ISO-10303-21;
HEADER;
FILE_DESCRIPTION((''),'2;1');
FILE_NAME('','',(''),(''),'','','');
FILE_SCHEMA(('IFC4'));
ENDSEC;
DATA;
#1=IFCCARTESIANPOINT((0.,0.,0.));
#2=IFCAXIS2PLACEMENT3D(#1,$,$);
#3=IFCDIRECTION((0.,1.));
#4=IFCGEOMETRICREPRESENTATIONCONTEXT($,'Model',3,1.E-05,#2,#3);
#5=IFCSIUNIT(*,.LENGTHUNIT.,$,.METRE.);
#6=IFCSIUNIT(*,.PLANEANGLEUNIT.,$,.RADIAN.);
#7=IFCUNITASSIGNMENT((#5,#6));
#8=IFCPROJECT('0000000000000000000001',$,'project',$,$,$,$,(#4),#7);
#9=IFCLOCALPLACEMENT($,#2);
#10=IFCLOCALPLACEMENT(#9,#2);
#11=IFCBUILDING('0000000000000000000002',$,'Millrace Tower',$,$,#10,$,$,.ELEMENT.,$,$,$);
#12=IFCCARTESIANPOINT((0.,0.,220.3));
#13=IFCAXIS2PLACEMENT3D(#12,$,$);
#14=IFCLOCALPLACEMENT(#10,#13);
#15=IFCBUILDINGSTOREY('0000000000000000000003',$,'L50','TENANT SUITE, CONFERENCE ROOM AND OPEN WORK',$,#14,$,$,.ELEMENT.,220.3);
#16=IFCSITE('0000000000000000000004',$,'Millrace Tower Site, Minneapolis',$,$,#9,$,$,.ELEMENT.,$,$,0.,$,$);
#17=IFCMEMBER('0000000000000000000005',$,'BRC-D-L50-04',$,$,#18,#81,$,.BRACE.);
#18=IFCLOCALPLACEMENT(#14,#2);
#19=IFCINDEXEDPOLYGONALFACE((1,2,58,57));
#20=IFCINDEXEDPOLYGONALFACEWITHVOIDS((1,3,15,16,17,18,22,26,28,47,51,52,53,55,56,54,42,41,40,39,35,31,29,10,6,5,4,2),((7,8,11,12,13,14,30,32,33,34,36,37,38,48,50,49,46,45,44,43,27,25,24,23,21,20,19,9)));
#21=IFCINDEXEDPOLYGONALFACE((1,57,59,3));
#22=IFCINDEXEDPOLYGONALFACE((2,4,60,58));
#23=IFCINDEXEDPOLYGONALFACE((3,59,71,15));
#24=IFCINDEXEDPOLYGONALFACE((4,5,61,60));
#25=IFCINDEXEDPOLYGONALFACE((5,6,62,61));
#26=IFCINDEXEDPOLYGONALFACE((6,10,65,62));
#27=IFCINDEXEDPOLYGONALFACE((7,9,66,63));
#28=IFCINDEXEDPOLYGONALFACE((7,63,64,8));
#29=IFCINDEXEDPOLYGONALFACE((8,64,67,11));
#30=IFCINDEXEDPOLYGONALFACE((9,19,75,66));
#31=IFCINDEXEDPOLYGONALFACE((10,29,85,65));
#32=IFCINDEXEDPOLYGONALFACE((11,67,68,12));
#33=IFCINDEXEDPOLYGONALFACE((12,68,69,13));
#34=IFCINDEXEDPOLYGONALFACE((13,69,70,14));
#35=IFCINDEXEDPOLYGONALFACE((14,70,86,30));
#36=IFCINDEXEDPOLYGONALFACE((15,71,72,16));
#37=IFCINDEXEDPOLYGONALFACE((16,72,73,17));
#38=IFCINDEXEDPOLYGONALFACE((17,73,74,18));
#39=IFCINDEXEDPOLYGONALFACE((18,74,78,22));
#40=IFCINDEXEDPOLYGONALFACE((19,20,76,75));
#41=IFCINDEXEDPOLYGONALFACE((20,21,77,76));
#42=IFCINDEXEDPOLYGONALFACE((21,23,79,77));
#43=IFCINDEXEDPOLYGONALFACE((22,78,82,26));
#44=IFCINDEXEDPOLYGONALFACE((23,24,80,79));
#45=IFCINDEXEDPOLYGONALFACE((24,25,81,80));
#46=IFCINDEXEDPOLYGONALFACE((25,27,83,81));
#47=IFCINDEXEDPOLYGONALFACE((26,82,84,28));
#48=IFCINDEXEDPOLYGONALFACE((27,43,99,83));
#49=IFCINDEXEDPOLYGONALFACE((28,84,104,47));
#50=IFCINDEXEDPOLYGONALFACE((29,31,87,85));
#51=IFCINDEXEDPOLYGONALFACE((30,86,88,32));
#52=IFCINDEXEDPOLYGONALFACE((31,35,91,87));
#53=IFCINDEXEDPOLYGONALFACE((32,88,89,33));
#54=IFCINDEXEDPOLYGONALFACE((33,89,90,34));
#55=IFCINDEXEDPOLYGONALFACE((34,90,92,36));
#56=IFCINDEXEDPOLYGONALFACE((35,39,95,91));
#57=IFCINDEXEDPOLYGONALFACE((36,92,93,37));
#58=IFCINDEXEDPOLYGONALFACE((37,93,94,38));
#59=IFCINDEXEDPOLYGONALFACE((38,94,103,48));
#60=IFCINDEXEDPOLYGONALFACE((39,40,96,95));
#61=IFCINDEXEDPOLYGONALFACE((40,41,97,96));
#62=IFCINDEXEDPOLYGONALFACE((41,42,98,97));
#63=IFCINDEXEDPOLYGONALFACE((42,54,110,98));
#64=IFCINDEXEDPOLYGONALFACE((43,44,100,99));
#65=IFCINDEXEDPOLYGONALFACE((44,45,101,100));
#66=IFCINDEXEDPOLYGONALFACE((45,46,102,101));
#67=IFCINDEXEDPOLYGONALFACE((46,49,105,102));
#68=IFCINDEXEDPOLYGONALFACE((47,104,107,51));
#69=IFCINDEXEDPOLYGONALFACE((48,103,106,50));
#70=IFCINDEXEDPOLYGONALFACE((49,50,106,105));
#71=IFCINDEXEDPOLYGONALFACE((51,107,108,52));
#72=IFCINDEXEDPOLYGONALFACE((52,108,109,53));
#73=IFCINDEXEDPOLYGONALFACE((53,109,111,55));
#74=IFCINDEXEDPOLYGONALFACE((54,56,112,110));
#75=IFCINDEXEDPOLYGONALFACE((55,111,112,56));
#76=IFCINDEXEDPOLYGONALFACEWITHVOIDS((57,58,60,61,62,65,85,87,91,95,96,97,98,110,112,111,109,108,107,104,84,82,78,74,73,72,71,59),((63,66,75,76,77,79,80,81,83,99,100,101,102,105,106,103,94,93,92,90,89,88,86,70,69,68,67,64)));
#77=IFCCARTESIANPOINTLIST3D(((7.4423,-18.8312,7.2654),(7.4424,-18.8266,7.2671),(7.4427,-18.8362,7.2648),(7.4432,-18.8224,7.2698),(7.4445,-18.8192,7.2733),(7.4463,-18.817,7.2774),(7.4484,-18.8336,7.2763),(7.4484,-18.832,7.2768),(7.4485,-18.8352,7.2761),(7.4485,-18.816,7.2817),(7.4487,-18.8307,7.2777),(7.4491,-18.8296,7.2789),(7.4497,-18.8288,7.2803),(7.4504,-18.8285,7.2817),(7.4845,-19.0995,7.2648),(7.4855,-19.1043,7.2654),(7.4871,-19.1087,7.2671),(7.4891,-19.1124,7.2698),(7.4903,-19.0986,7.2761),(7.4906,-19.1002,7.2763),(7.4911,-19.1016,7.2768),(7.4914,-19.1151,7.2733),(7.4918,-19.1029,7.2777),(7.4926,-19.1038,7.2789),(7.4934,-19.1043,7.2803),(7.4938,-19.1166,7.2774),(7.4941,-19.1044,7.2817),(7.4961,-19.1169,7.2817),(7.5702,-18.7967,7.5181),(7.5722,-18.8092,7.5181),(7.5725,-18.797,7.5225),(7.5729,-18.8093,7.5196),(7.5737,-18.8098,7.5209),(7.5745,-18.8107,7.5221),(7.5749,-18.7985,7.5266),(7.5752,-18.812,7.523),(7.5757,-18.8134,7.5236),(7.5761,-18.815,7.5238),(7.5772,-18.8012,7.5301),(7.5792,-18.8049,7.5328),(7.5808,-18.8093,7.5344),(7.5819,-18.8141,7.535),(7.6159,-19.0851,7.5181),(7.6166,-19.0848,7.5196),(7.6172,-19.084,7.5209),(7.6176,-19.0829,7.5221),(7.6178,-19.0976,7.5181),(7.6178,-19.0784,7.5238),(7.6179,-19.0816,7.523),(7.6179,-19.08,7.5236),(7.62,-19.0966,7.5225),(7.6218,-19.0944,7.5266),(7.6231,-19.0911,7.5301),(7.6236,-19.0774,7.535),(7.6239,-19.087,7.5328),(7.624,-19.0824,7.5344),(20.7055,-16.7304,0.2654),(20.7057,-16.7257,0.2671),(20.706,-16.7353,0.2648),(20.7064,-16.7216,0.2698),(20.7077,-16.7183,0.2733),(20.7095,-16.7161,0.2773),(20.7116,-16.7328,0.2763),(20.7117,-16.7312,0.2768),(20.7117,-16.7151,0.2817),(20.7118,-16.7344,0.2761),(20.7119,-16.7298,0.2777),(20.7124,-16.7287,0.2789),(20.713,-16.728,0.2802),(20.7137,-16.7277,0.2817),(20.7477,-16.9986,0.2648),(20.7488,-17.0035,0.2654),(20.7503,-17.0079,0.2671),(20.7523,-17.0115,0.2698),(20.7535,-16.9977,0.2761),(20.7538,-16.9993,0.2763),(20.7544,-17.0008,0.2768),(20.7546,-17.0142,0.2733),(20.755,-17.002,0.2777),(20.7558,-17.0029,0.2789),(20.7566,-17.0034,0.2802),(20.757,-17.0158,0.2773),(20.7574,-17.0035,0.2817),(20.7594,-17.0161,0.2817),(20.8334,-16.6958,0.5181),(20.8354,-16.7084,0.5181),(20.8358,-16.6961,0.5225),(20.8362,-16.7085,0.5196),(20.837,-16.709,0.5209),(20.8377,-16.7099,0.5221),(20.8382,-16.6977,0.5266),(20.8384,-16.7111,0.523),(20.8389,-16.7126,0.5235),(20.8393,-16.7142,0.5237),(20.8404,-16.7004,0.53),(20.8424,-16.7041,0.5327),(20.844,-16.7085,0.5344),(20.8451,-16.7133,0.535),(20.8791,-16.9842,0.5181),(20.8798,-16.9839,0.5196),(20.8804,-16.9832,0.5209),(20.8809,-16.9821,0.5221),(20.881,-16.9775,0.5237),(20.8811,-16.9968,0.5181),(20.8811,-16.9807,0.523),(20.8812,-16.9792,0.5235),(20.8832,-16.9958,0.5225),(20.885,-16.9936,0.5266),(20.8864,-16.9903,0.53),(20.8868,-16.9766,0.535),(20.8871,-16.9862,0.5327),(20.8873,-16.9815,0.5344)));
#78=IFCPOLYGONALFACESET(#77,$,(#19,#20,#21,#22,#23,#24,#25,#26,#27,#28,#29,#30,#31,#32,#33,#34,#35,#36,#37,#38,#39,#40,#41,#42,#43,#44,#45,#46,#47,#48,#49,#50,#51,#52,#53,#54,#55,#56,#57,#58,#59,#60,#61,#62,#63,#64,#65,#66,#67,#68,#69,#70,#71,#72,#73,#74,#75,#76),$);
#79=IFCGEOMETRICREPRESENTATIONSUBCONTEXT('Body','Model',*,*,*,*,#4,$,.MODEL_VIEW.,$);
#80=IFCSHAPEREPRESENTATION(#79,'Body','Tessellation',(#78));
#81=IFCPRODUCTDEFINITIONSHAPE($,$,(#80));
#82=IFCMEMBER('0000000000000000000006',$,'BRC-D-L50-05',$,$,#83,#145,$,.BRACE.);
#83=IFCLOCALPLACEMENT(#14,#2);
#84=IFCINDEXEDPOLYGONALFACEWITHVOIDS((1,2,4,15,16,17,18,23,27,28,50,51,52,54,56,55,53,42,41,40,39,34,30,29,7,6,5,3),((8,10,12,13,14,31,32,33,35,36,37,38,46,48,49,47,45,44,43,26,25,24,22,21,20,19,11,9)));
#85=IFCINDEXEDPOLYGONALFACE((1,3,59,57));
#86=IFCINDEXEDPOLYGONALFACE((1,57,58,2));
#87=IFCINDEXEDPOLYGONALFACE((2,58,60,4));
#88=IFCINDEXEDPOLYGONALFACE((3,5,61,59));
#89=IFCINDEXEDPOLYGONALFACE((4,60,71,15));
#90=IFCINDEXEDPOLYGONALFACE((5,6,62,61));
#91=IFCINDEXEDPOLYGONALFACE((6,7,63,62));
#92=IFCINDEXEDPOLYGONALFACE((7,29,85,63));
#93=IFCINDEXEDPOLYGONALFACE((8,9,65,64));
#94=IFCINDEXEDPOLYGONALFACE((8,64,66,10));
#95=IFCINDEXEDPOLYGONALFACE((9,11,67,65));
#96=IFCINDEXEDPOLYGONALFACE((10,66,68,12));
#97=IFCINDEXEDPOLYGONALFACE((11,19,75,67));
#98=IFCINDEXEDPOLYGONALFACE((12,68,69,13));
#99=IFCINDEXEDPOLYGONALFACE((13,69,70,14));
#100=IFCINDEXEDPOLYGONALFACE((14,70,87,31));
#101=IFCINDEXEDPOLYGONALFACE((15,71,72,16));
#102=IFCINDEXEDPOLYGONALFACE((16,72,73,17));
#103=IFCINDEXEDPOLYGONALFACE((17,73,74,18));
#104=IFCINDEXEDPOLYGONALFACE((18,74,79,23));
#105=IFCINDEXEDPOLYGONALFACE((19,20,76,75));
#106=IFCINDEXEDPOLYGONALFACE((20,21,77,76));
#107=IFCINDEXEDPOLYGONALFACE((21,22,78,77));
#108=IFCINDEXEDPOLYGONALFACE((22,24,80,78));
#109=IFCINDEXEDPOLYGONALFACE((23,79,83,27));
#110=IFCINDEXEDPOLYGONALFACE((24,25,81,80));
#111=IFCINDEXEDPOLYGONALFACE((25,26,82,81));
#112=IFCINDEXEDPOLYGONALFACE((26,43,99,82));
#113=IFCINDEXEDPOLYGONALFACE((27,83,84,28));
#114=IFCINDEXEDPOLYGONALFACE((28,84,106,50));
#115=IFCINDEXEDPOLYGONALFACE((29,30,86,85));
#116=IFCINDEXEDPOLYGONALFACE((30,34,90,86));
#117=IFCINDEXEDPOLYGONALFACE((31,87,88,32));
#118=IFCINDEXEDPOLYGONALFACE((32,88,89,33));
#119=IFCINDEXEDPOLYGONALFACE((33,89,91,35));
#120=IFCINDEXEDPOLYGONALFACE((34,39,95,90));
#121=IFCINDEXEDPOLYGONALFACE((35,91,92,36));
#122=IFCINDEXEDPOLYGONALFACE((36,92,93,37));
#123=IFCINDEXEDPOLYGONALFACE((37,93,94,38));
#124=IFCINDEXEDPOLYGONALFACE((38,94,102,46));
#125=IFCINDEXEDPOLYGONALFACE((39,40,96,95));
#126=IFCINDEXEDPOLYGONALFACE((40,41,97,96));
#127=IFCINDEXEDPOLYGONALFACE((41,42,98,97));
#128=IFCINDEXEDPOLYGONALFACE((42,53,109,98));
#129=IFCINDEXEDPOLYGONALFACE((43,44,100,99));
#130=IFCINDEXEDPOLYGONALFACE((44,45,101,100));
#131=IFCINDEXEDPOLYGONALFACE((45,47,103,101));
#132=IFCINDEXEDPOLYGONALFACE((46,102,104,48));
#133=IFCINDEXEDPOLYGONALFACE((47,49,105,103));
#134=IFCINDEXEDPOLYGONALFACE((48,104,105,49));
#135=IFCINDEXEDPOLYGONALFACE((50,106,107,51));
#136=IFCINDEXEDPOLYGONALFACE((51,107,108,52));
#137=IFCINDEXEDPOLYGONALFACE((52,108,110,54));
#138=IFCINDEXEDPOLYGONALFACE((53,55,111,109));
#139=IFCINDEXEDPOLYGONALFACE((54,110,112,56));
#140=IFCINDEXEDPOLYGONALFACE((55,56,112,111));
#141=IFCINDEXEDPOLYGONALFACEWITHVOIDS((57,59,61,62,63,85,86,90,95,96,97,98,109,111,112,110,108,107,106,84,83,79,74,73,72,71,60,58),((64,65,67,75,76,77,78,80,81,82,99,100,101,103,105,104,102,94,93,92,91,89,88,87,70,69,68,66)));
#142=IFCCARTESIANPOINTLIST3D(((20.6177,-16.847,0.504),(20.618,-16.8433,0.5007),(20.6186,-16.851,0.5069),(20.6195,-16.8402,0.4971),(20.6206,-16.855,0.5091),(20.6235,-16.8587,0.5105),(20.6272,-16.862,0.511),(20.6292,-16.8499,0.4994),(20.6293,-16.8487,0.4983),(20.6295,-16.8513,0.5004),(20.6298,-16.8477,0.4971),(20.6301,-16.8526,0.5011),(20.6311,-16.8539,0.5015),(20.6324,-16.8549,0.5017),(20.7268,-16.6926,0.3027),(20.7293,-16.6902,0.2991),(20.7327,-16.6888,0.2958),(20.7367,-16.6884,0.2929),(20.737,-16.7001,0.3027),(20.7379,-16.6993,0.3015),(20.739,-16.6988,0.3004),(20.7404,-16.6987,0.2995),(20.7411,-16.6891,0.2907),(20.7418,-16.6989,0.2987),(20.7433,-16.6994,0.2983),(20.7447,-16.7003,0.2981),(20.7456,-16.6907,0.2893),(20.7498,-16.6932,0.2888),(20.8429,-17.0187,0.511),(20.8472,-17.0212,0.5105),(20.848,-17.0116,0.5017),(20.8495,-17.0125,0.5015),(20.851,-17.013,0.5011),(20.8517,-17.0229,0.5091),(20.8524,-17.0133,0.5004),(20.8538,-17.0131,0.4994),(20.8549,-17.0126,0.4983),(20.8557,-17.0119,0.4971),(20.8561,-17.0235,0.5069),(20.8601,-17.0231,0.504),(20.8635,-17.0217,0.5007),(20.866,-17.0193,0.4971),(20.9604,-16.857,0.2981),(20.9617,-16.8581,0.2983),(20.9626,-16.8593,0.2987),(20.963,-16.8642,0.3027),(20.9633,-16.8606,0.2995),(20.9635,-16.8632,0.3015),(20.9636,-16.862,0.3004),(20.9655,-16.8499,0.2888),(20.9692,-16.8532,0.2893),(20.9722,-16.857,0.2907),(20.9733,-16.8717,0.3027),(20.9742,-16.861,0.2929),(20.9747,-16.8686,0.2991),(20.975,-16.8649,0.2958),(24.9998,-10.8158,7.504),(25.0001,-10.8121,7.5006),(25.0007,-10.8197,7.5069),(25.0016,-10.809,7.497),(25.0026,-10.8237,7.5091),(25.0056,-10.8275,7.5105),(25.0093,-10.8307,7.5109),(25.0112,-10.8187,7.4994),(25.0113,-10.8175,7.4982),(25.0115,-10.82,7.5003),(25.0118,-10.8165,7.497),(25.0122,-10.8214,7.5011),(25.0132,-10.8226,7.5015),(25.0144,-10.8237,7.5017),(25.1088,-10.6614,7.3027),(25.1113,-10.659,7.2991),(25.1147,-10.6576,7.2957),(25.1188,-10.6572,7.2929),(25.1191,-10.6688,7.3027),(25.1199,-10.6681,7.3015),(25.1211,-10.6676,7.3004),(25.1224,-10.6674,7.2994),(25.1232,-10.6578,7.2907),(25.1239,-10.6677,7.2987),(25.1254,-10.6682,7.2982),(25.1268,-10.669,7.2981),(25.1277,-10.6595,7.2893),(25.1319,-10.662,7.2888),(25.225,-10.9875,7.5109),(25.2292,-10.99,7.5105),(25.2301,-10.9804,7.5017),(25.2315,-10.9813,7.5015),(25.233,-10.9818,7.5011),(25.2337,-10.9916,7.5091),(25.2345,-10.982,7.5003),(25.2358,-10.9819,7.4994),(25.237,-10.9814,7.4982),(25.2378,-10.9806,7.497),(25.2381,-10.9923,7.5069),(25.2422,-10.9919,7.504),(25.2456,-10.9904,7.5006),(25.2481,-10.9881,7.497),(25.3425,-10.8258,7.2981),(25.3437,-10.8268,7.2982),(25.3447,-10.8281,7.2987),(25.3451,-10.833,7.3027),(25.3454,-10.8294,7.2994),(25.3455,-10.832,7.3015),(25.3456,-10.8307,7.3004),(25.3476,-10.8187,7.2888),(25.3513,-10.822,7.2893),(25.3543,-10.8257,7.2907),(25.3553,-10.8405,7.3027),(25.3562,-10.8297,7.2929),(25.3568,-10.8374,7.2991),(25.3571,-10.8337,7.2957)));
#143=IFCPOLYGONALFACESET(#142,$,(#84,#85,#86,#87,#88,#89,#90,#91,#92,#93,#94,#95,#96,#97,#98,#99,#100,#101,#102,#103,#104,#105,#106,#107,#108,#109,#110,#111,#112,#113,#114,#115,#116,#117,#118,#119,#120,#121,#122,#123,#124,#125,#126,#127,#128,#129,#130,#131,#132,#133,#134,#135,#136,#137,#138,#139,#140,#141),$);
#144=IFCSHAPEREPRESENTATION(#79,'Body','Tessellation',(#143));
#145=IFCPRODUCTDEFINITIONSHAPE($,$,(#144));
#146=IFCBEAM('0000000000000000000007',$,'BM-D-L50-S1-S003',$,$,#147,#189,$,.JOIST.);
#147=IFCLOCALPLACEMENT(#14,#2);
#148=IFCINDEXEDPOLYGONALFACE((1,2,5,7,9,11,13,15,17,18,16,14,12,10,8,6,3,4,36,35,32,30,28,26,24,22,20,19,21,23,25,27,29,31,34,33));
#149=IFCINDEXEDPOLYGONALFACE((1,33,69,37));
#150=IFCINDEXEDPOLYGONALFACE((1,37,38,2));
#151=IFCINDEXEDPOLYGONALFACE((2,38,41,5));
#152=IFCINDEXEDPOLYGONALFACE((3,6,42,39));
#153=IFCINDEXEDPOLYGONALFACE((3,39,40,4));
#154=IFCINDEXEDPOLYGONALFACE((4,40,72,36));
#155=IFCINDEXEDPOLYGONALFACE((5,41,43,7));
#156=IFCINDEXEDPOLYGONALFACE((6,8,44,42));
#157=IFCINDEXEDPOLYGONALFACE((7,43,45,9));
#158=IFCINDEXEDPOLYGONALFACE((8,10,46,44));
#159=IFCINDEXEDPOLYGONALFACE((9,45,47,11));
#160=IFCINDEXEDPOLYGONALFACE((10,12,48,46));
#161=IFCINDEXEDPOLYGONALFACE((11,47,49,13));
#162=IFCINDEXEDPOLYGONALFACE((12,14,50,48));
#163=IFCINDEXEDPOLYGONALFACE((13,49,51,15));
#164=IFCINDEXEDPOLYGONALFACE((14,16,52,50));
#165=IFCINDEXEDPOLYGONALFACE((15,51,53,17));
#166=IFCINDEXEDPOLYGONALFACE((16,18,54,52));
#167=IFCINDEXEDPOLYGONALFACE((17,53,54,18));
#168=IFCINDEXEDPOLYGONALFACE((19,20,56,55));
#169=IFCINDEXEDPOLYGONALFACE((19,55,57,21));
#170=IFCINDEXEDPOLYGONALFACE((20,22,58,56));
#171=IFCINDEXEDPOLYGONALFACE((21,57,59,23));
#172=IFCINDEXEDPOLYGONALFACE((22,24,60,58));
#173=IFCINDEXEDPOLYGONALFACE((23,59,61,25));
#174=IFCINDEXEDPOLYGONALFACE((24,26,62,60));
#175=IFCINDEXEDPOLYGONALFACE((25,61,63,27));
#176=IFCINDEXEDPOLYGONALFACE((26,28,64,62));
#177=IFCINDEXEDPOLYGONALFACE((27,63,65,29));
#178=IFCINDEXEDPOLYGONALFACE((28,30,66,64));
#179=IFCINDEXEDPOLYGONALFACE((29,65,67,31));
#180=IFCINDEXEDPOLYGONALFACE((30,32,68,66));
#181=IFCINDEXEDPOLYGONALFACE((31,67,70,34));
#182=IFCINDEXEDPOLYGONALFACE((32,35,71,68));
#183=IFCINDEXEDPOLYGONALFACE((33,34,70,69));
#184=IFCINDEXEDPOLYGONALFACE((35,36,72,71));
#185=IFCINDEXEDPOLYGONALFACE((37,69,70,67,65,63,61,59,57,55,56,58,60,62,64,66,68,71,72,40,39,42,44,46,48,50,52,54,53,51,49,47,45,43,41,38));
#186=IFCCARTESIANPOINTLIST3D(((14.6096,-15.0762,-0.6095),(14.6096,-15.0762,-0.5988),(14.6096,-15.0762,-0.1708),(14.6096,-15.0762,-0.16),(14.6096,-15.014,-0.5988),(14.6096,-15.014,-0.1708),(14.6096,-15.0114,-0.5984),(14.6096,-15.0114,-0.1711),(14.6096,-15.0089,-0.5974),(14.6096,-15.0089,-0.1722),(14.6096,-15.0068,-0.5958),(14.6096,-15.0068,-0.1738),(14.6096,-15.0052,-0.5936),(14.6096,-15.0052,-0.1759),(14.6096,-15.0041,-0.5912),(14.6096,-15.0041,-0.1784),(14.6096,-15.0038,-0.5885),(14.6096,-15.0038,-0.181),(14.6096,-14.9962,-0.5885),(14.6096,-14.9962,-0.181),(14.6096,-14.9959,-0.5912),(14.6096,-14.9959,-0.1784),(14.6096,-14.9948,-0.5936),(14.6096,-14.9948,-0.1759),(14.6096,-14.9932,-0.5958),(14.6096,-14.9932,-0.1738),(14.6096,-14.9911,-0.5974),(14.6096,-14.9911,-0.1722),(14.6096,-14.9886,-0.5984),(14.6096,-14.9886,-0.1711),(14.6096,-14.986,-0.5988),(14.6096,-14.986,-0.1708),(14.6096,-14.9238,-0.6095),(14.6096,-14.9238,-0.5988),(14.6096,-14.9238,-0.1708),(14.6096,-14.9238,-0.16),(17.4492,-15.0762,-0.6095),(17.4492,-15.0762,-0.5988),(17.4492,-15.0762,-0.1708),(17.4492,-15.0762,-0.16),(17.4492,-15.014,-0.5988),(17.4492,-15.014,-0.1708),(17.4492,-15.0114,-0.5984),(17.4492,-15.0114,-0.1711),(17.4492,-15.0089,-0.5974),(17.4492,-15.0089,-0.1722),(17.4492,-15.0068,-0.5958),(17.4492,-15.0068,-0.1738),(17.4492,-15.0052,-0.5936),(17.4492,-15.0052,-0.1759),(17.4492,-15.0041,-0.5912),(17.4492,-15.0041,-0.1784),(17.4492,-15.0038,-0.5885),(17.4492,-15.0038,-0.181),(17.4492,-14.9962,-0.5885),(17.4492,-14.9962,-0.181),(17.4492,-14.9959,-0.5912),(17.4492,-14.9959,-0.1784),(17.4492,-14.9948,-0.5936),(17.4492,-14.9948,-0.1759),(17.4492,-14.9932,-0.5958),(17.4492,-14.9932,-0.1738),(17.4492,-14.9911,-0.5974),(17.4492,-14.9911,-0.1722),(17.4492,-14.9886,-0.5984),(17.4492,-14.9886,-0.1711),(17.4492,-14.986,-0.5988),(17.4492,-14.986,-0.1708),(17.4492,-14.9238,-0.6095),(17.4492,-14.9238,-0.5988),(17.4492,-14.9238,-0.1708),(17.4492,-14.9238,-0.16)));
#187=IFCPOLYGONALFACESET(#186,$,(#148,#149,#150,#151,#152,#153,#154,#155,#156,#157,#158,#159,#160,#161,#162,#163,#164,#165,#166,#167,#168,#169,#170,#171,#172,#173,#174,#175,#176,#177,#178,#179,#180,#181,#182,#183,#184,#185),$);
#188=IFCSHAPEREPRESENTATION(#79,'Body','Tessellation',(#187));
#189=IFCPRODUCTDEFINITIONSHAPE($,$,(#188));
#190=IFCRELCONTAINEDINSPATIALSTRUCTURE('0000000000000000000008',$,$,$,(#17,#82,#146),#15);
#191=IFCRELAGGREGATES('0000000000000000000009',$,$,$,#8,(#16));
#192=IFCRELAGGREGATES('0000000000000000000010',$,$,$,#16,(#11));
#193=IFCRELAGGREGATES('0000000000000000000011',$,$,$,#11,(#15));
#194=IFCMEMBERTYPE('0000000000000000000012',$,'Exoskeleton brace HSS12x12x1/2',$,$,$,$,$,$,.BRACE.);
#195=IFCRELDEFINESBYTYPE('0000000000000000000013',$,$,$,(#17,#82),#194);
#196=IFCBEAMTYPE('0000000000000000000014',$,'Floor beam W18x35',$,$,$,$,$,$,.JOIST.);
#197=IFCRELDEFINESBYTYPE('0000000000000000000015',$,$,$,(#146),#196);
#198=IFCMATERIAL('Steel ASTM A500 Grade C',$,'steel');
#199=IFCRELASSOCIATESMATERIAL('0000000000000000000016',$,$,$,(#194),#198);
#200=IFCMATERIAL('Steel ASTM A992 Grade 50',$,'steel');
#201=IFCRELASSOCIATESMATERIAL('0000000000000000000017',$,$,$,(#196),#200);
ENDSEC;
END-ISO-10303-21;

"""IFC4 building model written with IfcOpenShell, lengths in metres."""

from ifc_helpers import new_model, si_unit, direction, frame, origin, origin_2d, place, context, subcontext, project, spatial, hollow_rectangle, i_section, extrude, material, material_profile, profile_set, type_object, element, save


model = new_model("IFC4")

# Units and contexts
model_context = context("Model", 3, precision=1e-05, world=origin(), true_north=direction((0.0, 1.0)))
body_context = subcontext(model_context, "Body", "Model", "MODEL_VIEW")
ifc_project = project(units=[si_unit("LENGTHUNIT", "METRE"), si_unit("PLANEANGLEUNIT", "RADIAN")], contexts=[model_context])

# Site, building, storey
site_placement = place(None, origin())
site = spatial("IfcSite", under=ifc_project, at=site_placement, Name="Millrace Tower Site, Minneapolis", CompositionType="ELEMENT", RefElevation=0.0)
building_placement = place(site_placement, origin())
building = spatial("IfcBuilding", under=site, at=building_placement, Name="Millrace Tower", CompositionType="ELEMENT")
storey_placement = place(building_placement, frame((0.0, 0.0, 220.3)))
storey = spatial("IfcBuildingStorey", under=building, at=storey_placement, Name="L50", Description="TENANT SUITE, CONFERENCE ROOM AND OPEN WORK", CompositionType="ELEMENT", Elevation=220.3)

# Members
ifc_material_1 = material(Name="Steel ASTM A500 Grade C", Category="steel")
ifc_material_profile_1 = material_profile(ifc_material_1, hollow_rectangle(XDim=0.3047, YDim=0.3047, WallThickness=0.0127, InnerFilletRadius=0.0063, OuterFilletRadius=0.019, at=origin_2d()))
ifc_profile_set_1 = profile_set([ifc_material_profile_1], Name="Steel ASTM A500 Grade C")
member_type_1 = type_object("IfcMemberType", Name="Exoskeleton brace HSS12x12x1/2", PredefinedType="BRACE", material=ifc_profile_set_1)
member_1_placement = place(storey_placement, frame((20.7964, -16.856, 0.3999), z_axis=(-0.875834, -0.138728, 0.462245), x_axis=(0.156445, -0.987687, 0.0)))
element("IfcMember", 1, at=member_1_placement, inside=storey, type_object=member_type_1, Name="BRC-D-L50-04", PredefinedType="BRACE", context=body_context, shape_type="SweptSolid", body=[
    extrude(hollow_rectangle(XDim=0.3047, YDim=0.3047, WallThickness=0.0127, InnerFilletRadius=0.0063, OuterFilletRadius=0.019, at=origin_2d()), origin(), (0.0, 0.0, 1.0), 15.1436),
])
member_2_placement = place(storey_placement, frame((20.7964, -16.856, 0.3999), z_axis=(0.428508, 0.589774, 0.684505), x_axis=(-0.809009, 0.587796, 0.0)))
element("IfcMember", 2, at=member_2_placement, inside=storey, type_object=member_type_1, Name="BRC-D-L50-05", PredefinedType="BRACE", context=body_context, shape_type="SweptSolid", body=[
    extrude(hollow_rectangle(XDim=0.3047, YDim=0.3047, WallThickness=0.0127, InnerFilletRadius=0.0063, OuterFilletRadius=0.019, at=origin_2d()), origin(), (0.0, 0.0, 1.0), 10.2263),
])

# Beam
ifc_material_2 = material(Name="Steel ASTM A992 Grade 50", Category="steel")
ifc_material_profile_2 = material_profile(ifc_material_2, i_section(OverallWidth=0.1523, OverallDepth=0.4495, WebThickness=0.0076, FlangeThickness=0.0107, FilletRadius=0.0103, at=origin_2d()))
ifc_profile_set_2 = profile_set([ifc_material_profile_2], Name="Steel ASTM A992 Grade 50")
beam_type_1 = type_object("IfcBeamType", Name="Floor beam W18x35", PredefinedType="JOIST", material=ifc_profile_set_2)
beam_1_placement = place(storey_placement, frame((14.6096, -15.0, -0.3848), z_axis=(1.0, 0.0, 0.0), x_axis=(0.0, 1.0, 0.0)))
element("IfcBeam", 3, at=beam_1_placement, inside=storey, type_object=beam_type_1, Name="BM-D-L50-S1-S003", PredefinedType="JOIST", context=body_context, shape_type="SweptSolid", body=[
    extrude(i_section(OverallWidth=0.1523, OverallDepth=0.4495, WebThickness=0.0076, FlangeThickness=0.0107, FilletRadius=0.0103, at=origin_2d()), origin(), (0.0, 0.0, 1.0), 2.8396),
])

save(model, "model.ifc")
